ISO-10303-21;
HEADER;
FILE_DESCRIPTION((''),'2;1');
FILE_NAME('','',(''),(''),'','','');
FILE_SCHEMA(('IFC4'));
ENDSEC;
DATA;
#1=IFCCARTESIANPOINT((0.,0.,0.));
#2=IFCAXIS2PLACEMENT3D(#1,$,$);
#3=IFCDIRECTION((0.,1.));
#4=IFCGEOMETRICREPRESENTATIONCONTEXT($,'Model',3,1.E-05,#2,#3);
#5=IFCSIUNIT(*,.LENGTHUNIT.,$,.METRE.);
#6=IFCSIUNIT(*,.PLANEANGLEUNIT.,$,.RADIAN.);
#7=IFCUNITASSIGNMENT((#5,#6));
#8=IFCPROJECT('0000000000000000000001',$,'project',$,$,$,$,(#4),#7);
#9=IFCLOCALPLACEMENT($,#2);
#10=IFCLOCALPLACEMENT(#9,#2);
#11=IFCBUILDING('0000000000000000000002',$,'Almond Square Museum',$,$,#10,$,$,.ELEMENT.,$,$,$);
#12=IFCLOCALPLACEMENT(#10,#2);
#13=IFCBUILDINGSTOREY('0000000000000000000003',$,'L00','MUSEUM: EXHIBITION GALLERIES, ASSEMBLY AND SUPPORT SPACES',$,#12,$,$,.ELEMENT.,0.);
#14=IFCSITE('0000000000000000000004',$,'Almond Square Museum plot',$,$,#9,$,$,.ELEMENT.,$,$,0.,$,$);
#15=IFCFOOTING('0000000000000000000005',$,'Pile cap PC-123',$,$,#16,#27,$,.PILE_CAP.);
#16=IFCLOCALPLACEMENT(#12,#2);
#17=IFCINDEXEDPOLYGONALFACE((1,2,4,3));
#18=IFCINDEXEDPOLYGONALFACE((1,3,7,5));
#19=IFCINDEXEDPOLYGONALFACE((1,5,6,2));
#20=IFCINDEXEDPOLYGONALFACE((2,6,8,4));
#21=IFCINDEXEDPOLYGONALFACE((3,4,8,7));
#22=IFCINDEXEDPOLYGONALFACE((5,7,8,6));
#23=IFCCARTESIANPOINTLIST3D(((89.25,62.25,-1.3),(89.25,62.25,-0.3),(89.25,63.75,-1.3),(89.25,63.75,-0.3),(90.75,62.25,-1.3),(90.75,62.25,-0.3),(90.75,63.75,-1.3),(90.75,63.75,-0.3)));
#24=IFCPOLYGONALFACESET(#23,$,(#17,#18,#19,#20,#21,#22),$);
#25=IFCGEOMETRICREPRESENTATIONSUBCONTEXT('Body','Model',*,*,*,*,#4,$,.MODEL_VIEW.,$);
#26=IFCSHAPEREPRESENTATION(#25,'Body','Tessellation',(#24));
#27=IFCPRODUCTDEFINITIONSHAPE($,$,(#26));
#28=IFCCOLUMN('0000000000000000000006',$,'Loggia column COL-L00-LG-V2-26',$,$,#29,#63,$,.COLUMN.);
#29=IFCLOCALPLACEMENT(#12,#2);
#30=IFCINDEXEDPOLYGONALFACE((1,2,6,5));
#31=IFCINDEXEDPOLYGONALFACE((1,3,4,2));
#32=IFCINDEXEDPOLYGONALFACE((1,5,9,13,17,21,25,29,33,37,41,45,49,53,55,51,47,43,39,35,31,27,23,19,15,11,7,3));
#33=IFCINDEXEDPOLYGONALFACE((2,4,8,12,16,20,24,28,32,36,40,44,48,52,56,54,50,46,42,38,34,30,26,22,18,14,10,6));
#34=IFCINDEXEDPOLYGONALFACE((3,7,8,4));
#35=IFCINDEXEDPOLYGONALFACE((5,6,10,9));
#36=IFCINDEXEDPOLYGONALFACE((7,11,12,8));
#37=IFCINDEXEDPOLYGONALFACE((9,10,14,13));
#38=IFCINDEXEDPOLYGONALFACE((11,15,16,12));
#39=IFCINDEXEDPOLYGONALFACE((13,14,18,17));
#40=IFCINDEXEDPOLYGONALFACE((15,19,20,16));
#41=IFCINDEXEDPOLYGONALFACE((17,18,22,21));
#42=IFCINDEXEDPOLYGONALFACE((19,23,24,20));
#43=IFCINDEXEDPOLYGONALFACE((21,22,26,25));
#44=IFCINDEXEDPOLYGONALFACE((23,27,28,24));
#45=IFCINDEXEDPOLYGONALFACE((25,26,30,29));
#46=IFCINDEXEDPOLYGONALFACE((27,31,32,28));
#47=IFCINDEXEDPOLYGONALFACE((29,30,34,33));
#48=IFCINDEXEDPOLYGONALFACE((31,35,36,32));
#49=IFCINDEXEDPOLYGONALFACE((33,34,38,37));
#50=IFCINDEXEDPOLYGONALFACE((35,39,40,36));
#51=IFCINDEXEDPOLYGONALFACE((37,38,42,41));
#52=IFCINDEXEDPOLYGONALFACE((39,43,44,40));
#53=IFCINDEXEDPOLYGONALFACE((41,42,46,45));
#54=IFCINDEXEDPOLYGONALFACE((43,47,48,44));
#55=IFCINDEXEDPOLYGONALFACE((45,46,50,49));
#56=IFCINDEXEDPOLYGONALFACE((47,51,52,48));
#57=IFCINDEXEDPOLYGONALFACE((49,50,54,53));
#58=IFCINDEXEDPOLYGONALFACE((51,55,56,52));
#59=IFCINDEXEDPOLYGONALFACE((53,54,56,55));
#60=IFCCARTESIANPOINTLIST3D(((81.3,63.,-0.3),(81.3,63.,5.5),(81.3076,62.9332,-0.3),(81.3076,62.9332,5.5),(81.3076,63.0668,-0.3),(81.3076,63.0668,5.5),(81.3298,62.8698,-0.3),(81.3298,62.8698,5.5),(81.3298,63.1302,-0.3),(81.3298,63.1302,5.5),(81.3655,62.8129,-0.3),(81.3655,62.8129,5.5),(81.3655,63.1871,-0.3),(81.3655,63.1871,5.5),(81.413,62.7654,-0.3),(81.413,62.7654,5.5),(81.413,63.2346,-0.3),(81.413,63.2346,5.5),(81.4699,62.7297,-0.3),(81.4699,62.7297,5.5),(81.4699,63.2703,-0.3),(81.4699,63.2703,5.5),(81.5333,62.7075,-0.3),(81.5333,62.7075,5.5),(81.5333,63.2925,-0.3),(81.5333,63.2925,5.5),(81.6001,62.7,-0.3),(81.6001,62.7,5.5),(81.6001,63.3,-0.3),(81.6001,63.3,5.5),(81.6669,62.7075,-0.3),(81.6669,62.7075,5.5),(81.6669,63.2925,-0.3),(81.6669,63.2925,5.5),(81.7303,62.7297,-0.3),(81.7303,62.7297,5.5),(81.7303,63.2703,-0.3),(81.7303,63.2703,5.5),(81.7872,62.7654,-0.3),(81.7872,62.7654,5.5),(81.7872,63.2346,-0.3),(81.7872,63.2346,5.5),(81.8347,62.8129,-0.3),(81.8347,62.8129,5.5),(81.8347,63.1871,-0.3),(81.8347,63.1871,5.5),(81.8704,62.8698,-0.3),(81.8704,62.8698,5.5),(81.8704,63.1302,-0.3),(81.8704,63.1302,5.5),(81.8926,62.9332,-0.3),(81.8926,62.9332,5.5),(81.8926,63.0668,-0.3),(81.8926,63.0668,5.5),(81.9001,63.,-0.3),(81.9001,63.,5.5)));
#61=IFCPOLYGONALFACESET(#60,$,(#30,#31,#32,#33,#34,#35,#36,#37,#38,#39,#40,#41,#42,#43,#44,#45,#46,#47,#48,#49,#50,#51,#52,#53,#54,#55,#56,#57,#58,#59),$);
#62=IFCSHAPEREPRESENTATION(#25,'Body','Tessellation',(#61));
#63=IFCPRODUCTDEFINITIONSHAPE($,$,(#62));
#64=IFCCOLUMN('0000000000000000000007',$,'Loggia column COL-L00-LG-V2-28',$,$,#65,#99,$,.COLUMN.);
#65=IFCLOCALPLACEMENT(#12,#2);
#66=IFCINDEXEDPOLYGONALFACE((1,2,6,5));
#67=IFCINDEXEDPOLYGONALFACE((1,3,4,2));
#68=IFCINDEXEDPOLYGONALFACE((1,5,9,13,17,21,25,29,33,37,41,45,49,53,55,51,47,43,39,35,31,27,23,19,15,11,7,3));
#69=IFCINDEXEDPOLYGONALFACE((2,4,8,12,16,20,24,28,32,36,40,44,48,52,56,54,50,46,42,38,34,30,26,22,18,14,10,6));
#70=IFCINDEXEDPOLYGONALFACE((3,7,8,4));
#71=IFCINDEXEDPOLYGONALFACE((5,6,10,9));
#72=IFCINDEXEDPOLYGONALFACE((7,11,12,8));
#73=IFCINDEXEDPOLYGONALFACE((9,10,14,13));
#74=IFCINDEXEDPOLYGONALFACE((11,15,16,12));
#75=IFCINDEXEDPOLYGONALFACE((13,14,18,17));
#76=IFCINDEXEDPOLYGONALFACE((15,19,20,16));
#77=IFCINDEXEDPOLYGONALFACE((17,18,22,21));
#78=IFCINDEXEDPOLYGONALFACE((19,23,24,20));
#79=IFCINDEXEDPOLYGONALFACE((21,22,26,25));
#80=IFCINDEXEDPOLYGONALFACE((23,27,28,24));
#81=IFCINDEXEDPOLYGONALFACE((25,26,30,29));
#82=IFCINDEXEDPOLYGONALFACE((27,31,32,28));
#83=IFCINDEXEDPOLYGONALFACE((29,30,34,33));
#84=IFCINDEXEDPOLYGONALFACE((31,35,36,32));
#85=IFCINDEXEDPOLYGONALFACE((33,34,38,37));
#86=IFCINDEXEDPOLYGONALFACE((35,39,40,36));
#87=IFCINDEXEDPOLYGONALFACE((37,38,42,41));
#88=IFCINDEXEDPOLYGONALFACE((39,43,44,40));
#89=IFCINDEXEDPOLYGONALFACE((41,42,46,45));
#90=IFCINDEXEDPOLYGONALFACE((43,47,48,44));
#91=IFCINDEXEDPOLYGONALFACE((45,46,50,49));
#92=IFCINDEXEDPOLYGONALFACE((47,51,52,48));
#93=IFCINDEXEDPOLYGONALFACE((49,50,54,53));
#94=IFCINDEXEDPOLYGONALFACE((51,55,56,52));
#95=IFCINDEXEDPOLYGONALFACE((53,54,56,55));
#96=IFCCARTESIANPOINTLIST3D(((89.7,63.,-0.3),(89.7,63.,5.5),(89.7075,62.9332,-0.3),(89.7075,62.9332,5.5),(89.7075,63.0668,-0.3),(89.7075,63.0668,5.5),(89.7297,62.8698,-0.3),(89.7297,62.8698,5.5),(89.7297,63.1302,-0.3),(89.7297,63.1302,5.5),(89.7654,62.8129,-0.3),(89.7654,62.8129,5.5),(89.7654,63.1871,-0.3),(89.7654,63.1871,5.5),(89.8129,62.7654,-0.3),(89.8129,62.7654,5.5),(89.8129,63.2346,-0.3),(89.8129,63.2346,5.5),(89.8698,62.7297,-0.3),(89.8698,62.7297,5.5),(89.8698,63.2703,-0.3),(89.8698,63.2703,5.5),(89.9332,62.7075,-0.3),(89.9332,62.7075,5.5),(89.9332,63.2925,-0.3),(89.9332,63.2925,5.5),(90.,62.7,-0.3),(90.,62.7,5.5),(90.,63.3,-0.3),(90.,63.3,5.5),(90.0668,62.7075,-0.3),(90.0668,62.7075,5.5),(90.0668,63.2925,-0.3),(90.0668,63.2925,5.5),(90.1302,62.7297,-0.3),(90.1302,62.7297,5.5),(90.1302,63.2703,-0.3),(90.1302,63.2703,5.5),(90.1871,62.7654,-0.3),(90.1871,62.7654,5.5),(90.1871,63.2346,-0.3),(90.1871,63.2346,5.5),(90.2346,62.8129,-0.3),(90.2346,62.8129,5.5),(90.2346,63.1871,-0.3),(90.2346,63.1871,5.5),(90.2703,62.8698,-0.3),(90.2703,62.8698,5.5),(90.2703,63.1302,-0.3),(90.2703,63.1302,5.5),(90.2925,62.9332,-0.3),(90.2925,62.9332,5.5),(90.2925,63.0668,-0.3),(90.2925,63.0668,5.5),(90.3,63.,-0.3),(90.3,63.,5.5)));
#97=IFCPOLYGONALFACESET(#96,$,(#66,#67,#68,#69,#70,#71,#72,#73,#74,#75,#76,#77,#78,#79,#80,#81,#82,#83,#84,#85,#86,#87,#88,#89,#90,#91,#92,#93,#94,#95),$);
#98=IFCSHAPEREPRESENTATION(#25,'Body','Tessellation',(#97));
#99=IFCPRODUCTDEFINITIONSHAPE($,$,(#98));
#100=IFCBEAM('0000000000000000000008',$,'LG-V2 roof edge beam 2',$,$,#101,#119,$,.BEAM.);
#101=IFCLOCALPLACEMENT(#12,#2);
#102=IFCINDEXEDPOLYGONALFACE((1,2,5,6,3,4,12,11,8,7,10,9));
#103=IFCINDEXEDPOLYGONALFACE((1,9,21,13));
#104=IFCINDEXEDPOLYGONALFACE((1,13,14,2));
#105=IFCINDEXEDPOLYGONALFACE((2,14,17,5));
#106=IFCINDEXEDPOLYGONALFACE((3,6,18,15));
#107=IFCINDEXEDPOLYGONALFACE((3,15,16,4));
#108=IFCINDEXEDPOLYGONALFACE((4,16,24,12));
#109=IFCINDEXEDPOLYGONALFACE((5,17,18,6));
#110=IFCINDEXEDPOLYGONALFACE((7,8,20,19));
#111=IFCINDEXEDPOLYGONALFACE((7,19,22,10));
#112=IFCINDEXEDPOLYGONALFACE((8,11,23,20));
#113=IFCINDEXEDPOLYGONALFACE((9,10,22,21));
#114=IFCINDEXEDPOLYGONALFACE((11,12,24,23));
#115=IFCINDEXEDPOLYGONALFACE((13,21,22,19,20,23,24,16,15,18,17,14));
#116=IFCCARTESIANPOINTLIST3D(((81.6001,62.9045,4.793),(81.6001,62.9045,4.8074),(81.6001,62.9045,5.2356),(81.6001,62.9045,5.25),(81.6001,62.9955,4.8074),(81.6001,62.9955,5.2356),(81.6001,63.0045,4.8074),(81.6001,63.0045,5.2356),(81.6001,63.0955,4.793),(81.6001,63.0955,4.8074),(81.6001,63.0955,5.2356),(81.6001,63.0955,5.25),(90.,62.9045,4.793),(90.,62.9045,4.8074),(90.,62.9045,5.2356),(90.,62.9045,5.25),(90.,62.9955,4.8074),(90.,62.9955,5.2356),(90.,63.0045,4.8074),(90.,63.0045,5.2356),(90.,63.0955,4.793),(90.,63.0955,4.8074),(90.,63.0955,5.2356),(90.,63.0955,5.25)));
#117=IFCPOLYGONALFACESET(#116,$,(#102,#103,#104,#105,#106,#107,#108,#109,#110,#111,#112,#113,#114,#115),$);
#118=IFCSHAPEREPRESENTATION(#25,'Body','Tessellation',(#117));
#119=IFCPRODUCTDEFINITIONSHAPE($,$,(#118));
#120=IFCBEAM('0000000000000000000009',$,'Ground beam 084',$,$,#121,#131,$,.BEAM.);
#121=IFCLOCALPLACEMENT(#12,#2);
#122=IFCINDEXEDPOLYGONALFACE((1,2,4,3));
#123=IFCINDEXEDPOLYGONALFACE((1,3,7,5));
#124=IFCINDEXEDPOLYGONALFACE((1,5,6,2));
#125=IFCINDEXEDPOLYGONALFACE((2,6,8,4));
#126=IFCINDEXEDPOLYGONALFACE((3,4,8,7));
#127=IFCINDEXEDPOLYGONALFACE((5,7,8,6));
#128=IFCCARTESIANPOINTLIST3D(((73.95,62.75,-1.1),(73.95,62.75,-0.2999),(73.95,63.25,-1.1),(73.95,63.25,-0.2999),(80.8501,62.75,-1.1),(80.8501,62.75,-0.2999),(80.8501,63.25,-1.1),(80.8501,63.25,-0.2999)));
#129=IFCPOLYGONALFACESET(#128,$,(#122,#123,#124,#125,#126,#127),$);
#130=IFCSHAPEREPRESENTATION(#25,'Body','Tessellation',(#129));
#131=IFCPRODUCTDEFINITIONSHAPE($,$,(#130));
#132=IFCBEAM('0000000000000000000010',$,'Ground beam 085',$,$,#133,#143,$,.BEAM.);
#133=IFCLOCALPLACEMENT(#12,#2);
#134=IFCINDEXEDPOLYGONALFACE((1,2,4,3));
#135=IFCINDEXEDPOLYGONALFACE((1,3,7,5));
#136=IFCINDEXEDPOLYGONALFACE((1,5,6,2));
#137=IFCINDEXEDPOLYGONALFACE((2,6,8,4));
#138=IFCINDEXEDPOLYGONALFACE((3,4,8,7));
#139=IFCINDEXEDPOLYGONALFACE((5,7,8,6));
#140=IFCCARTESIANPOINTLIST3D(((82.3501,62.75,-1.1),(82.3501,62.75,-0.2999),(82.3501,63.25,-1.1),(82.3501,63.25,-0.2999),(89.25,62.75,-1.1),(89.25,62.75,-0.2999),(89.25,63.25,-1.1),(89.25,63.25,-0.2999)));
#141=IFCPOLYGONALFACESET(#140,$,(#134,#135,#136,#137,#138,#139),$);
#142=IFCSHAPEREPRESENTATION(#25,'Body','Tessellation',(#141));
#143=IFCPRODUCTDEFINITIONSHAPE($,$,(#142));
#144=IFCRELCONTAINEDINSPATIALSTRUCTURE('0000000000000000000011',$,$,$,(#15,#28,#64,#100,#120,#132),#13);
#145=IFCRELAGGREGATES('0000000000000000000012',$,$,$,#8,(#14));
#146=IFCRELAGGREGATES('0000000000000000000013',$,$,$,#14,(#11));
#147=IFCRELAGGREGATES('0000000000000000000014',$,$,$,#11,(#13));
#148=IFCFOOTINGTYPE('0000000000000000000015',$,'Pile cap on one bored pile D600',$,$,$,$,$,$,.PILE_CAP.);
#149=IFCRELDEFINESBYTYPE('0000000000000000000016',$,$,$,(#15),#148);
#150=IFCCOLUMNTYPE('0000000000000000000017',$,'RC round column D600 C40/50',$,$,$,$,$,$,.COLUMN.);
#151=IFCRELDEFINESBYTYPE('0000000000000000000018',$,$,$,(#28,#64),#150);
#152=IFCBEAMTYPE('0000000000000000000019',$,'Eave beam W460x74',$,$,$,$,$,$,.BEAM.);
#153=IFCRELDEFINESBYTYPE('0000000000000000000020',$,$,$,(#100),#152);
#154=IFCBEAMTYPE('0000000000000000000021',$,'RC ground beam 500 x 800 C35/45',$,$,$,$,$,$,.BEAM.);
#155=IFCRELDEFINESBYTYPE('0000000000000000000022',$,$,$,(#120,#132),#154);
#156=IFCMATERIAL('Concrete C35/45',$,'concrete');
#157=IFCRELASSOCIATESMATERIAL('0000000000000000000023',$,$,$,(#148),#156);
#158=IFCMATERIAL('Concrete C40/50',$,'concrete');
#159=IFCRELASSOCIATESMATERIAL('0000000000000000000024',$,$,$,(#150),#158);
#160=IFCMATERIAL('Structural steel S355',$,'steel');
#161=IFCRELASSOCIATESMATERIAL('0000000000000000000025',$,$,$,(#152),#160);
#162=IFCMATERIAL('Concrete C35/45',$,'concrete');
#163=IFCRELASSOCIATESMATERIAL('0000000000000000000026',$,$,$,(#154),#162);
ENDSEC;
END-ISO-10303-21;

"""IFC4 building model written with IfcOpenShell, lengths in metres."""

from ifc_helpers import new_model, si_unit, direction, frame, origin, origin_2d, place, context, subcontext, project, spatial, rectangle, circle, i_section, extrude, material, material_profile, profile_set, type_object, element, save


model = new_model("IFC4")

# Units and contexts
model_context = context("Model", 3, precision=1e-05, world=origin(), true_north=direction((0.0, 1.0)))
body_context = subcontext(model_context, "Body", "Model", "MODEL_VIEW")
ifc_project = project(units=[si_unit("LENGTHUNIT", "METRE"), si_unit("PLANEANGLEUNIT", "RADIAN")], contexts=[model_context])

# Site, building, storey
site_placement = place(None, origin())
site = spatial("IfcSite", under=ifc_project, at=site_placement, Name="Almond Square Museum plot", CompositionType="ELEMENT", RefElevation=0.0)
building_placement = place(site_placement, origin())
building = spatial("IfcBuilding", under=site, at=building_placement, Name="Almond Square Museum", CompositionType="ELEMENT")
storey_placement = place(building_placement, origin())
storey = spatial("IfcBuildingStorey", under=building, at=storey_placement, Name="L00", Description="MUSEUM: EXHIBITION GALLERIES, ASSEMBLY AND SUPPORT SPACES", CompositionType="ELEMENT", Elevation=0.0)

# Footing
ifc_material_1 = material(Name="Concrete C35/45", Category="concrete")
footing_type_1 = type_object("IfcFootingType", Name="Pile cap on one bored pile D600", PredefinedType="PILE_CAP", material=ifc_material_1)
for number, where, z_axis, x_axis, name in (
    (1, (90.0, 63.0, -1.3), (0.0, 0.0, 1.0), (1.0, 0.0, 0.0), "Pile cap PC-123"),
):
    element("IfcFooting", number, at=place(storey_placement, frame(where, z_axis=z_axis, x_axis=x_axis)), inside=storey, type_object=footing_type_1, Name=name, PredefinedType="PILE_CAP", context=body_context, shape_type="SweptSolid", body=[
        extrude(rectangle(XDim=1.5, YDim=1.5, at=origin_2d()), origin(), (0.0, 0.0, 1.0), 1.0),
    ])

# Columns
ifc_material_2 = material(Name="Concrete C40/50", Category="concrete")
ifc_material_profile_1 = material_profile(ifc_material_2, circle(Radius=0.3, at=origin_2d()))
ifc_profile_set_1 = profile_set([ifc_material_profile_1], Name="Concrete C40/50")
column_type = type_object("IfcColumnType", Name="RC round column D600 C40/50", PredefinedType="COLUMN", material=ifc_profile_set_1)
for number, where, z_axis, x_axis, name in (
    (2, (81.6001, 63.0, -0.3), (0.0, 0.0, 1.0), (1.0, 0.0, 0.0), "Loggia column COL-L00-LG-V2-26"),
    (3, (90.0, 63.0, -0.3), (0.0, 0.0, 1.0), (1.0, 0.0, 0.0), "Loggia column COL-L00-LG-V2-28"),
):
    element("IfcColumn", number, at=place(storey_placement, frame(where, z_axis=z_axis, x_axis=x_axis)), inside=storey, type_object=column_type, Name=name, PredefinedType="COLUMN", context=body_context, shape_type="SweptSolid", body=[
        extrude(circle(Radius=0.3, at=origin_2d()), origin(), (0.0, 0.0, 1.0), 5.8),
    ])

# Beams
ifc_material_3 = material(Name="Structural steel S355", Category="steel")
ifc_material_profile_2 = material_profile(ifc_material_3, i_section(OverallWidth=0.1909, OverallDepth=0.457, WebThickness=0.009, FlangeThickness=0.0144, at=origin_2d()))
ifc_profile_set_2 = profile_set([ifc_material_profile_2], Name="Structural steel S355")
beam_type_1 = type_object("IfcBeamType", Name="Eave beam W460x74", PredefinedType="BEAM", material=ifc_profile_set_2)
beam_1_placement = place(storey_placement, frame((81.6001, 63.0, 5.0215), z_axis=(1.0, 0.0, 0.0), x_axis=(0.0, 1.0, 0.0)))
element("IfcBeam", 4, at=beam_1_placement, inside=storey, type_object=beam_type_1, Name="LG-V2 roof edge beam 2", PredefinedType="BEAM", context=body_context, shape_type="SweptSolid", body=[
    extrude(i_section(OverallWidth=0.1909, OverallDepth=0.457, WebThickness=0.009, FlangeThickness=0.0144, at=origin_2d()), origin(), (0.0, 0.0, 1.0), 8.3999),
])
ifc_material_4 = material(Name="Concrete C35/45", Category="concrete")
ifc_material_profile_3 = material_profile(ifc_material_4, rectangle(XDim=0.5, YDim=0.8, at=origin_2d()))
ifc_profile_set_3 = profile_set([ifc_material_profile_3], Name="Concrete C35/45")
beam_type_2 = type_object("IfcBeamType", Name="RC ground beam 500 x 800 C35/45", PredefinedType="BEAM", material=ifc_profile_set_3)
beam_2_placement = place(storey_placement, frame((73.95, 63.0, -0.7), z_axis=(1.0, 0.0, 0.0), x_axis=(0.0, 1.0, 0.0)))
element("IfcBeam", 5, at=beam_2_placement, inside=storey, type_object=beam_type_2, Name="Ground beam 084", PredefinedType="BEAM", context=body_context, shape_type="SweptSolid", body=[
    extrude(rectangle(XDim=0.5, YDim=0.8, at=origin_2d()), origin(), (0.0, 0.0, 1.0), 6.9001),
])
beam_3_placement = place(storey_placement, frame((82.3501, 63.0, -0.7), z_axis=(1.0, 0.0, 0.0), x_axis=(0.0, 1.0, 0.0)))
element("IfcBeam", 6, at=beam_3_placement, inside=storey, type_object=beam_type_2, Name="Ground beam 085", PredefinedType="BEAM", context=body_context, shape_type="SweptSolid", body=[
    extrude(rectangle(XDim=0.5, YDim=0.8, at=origin_2d()), origin(), (0.0, 0.0, 1.0), 6.8999),
])

save(model, "model.ifc")
